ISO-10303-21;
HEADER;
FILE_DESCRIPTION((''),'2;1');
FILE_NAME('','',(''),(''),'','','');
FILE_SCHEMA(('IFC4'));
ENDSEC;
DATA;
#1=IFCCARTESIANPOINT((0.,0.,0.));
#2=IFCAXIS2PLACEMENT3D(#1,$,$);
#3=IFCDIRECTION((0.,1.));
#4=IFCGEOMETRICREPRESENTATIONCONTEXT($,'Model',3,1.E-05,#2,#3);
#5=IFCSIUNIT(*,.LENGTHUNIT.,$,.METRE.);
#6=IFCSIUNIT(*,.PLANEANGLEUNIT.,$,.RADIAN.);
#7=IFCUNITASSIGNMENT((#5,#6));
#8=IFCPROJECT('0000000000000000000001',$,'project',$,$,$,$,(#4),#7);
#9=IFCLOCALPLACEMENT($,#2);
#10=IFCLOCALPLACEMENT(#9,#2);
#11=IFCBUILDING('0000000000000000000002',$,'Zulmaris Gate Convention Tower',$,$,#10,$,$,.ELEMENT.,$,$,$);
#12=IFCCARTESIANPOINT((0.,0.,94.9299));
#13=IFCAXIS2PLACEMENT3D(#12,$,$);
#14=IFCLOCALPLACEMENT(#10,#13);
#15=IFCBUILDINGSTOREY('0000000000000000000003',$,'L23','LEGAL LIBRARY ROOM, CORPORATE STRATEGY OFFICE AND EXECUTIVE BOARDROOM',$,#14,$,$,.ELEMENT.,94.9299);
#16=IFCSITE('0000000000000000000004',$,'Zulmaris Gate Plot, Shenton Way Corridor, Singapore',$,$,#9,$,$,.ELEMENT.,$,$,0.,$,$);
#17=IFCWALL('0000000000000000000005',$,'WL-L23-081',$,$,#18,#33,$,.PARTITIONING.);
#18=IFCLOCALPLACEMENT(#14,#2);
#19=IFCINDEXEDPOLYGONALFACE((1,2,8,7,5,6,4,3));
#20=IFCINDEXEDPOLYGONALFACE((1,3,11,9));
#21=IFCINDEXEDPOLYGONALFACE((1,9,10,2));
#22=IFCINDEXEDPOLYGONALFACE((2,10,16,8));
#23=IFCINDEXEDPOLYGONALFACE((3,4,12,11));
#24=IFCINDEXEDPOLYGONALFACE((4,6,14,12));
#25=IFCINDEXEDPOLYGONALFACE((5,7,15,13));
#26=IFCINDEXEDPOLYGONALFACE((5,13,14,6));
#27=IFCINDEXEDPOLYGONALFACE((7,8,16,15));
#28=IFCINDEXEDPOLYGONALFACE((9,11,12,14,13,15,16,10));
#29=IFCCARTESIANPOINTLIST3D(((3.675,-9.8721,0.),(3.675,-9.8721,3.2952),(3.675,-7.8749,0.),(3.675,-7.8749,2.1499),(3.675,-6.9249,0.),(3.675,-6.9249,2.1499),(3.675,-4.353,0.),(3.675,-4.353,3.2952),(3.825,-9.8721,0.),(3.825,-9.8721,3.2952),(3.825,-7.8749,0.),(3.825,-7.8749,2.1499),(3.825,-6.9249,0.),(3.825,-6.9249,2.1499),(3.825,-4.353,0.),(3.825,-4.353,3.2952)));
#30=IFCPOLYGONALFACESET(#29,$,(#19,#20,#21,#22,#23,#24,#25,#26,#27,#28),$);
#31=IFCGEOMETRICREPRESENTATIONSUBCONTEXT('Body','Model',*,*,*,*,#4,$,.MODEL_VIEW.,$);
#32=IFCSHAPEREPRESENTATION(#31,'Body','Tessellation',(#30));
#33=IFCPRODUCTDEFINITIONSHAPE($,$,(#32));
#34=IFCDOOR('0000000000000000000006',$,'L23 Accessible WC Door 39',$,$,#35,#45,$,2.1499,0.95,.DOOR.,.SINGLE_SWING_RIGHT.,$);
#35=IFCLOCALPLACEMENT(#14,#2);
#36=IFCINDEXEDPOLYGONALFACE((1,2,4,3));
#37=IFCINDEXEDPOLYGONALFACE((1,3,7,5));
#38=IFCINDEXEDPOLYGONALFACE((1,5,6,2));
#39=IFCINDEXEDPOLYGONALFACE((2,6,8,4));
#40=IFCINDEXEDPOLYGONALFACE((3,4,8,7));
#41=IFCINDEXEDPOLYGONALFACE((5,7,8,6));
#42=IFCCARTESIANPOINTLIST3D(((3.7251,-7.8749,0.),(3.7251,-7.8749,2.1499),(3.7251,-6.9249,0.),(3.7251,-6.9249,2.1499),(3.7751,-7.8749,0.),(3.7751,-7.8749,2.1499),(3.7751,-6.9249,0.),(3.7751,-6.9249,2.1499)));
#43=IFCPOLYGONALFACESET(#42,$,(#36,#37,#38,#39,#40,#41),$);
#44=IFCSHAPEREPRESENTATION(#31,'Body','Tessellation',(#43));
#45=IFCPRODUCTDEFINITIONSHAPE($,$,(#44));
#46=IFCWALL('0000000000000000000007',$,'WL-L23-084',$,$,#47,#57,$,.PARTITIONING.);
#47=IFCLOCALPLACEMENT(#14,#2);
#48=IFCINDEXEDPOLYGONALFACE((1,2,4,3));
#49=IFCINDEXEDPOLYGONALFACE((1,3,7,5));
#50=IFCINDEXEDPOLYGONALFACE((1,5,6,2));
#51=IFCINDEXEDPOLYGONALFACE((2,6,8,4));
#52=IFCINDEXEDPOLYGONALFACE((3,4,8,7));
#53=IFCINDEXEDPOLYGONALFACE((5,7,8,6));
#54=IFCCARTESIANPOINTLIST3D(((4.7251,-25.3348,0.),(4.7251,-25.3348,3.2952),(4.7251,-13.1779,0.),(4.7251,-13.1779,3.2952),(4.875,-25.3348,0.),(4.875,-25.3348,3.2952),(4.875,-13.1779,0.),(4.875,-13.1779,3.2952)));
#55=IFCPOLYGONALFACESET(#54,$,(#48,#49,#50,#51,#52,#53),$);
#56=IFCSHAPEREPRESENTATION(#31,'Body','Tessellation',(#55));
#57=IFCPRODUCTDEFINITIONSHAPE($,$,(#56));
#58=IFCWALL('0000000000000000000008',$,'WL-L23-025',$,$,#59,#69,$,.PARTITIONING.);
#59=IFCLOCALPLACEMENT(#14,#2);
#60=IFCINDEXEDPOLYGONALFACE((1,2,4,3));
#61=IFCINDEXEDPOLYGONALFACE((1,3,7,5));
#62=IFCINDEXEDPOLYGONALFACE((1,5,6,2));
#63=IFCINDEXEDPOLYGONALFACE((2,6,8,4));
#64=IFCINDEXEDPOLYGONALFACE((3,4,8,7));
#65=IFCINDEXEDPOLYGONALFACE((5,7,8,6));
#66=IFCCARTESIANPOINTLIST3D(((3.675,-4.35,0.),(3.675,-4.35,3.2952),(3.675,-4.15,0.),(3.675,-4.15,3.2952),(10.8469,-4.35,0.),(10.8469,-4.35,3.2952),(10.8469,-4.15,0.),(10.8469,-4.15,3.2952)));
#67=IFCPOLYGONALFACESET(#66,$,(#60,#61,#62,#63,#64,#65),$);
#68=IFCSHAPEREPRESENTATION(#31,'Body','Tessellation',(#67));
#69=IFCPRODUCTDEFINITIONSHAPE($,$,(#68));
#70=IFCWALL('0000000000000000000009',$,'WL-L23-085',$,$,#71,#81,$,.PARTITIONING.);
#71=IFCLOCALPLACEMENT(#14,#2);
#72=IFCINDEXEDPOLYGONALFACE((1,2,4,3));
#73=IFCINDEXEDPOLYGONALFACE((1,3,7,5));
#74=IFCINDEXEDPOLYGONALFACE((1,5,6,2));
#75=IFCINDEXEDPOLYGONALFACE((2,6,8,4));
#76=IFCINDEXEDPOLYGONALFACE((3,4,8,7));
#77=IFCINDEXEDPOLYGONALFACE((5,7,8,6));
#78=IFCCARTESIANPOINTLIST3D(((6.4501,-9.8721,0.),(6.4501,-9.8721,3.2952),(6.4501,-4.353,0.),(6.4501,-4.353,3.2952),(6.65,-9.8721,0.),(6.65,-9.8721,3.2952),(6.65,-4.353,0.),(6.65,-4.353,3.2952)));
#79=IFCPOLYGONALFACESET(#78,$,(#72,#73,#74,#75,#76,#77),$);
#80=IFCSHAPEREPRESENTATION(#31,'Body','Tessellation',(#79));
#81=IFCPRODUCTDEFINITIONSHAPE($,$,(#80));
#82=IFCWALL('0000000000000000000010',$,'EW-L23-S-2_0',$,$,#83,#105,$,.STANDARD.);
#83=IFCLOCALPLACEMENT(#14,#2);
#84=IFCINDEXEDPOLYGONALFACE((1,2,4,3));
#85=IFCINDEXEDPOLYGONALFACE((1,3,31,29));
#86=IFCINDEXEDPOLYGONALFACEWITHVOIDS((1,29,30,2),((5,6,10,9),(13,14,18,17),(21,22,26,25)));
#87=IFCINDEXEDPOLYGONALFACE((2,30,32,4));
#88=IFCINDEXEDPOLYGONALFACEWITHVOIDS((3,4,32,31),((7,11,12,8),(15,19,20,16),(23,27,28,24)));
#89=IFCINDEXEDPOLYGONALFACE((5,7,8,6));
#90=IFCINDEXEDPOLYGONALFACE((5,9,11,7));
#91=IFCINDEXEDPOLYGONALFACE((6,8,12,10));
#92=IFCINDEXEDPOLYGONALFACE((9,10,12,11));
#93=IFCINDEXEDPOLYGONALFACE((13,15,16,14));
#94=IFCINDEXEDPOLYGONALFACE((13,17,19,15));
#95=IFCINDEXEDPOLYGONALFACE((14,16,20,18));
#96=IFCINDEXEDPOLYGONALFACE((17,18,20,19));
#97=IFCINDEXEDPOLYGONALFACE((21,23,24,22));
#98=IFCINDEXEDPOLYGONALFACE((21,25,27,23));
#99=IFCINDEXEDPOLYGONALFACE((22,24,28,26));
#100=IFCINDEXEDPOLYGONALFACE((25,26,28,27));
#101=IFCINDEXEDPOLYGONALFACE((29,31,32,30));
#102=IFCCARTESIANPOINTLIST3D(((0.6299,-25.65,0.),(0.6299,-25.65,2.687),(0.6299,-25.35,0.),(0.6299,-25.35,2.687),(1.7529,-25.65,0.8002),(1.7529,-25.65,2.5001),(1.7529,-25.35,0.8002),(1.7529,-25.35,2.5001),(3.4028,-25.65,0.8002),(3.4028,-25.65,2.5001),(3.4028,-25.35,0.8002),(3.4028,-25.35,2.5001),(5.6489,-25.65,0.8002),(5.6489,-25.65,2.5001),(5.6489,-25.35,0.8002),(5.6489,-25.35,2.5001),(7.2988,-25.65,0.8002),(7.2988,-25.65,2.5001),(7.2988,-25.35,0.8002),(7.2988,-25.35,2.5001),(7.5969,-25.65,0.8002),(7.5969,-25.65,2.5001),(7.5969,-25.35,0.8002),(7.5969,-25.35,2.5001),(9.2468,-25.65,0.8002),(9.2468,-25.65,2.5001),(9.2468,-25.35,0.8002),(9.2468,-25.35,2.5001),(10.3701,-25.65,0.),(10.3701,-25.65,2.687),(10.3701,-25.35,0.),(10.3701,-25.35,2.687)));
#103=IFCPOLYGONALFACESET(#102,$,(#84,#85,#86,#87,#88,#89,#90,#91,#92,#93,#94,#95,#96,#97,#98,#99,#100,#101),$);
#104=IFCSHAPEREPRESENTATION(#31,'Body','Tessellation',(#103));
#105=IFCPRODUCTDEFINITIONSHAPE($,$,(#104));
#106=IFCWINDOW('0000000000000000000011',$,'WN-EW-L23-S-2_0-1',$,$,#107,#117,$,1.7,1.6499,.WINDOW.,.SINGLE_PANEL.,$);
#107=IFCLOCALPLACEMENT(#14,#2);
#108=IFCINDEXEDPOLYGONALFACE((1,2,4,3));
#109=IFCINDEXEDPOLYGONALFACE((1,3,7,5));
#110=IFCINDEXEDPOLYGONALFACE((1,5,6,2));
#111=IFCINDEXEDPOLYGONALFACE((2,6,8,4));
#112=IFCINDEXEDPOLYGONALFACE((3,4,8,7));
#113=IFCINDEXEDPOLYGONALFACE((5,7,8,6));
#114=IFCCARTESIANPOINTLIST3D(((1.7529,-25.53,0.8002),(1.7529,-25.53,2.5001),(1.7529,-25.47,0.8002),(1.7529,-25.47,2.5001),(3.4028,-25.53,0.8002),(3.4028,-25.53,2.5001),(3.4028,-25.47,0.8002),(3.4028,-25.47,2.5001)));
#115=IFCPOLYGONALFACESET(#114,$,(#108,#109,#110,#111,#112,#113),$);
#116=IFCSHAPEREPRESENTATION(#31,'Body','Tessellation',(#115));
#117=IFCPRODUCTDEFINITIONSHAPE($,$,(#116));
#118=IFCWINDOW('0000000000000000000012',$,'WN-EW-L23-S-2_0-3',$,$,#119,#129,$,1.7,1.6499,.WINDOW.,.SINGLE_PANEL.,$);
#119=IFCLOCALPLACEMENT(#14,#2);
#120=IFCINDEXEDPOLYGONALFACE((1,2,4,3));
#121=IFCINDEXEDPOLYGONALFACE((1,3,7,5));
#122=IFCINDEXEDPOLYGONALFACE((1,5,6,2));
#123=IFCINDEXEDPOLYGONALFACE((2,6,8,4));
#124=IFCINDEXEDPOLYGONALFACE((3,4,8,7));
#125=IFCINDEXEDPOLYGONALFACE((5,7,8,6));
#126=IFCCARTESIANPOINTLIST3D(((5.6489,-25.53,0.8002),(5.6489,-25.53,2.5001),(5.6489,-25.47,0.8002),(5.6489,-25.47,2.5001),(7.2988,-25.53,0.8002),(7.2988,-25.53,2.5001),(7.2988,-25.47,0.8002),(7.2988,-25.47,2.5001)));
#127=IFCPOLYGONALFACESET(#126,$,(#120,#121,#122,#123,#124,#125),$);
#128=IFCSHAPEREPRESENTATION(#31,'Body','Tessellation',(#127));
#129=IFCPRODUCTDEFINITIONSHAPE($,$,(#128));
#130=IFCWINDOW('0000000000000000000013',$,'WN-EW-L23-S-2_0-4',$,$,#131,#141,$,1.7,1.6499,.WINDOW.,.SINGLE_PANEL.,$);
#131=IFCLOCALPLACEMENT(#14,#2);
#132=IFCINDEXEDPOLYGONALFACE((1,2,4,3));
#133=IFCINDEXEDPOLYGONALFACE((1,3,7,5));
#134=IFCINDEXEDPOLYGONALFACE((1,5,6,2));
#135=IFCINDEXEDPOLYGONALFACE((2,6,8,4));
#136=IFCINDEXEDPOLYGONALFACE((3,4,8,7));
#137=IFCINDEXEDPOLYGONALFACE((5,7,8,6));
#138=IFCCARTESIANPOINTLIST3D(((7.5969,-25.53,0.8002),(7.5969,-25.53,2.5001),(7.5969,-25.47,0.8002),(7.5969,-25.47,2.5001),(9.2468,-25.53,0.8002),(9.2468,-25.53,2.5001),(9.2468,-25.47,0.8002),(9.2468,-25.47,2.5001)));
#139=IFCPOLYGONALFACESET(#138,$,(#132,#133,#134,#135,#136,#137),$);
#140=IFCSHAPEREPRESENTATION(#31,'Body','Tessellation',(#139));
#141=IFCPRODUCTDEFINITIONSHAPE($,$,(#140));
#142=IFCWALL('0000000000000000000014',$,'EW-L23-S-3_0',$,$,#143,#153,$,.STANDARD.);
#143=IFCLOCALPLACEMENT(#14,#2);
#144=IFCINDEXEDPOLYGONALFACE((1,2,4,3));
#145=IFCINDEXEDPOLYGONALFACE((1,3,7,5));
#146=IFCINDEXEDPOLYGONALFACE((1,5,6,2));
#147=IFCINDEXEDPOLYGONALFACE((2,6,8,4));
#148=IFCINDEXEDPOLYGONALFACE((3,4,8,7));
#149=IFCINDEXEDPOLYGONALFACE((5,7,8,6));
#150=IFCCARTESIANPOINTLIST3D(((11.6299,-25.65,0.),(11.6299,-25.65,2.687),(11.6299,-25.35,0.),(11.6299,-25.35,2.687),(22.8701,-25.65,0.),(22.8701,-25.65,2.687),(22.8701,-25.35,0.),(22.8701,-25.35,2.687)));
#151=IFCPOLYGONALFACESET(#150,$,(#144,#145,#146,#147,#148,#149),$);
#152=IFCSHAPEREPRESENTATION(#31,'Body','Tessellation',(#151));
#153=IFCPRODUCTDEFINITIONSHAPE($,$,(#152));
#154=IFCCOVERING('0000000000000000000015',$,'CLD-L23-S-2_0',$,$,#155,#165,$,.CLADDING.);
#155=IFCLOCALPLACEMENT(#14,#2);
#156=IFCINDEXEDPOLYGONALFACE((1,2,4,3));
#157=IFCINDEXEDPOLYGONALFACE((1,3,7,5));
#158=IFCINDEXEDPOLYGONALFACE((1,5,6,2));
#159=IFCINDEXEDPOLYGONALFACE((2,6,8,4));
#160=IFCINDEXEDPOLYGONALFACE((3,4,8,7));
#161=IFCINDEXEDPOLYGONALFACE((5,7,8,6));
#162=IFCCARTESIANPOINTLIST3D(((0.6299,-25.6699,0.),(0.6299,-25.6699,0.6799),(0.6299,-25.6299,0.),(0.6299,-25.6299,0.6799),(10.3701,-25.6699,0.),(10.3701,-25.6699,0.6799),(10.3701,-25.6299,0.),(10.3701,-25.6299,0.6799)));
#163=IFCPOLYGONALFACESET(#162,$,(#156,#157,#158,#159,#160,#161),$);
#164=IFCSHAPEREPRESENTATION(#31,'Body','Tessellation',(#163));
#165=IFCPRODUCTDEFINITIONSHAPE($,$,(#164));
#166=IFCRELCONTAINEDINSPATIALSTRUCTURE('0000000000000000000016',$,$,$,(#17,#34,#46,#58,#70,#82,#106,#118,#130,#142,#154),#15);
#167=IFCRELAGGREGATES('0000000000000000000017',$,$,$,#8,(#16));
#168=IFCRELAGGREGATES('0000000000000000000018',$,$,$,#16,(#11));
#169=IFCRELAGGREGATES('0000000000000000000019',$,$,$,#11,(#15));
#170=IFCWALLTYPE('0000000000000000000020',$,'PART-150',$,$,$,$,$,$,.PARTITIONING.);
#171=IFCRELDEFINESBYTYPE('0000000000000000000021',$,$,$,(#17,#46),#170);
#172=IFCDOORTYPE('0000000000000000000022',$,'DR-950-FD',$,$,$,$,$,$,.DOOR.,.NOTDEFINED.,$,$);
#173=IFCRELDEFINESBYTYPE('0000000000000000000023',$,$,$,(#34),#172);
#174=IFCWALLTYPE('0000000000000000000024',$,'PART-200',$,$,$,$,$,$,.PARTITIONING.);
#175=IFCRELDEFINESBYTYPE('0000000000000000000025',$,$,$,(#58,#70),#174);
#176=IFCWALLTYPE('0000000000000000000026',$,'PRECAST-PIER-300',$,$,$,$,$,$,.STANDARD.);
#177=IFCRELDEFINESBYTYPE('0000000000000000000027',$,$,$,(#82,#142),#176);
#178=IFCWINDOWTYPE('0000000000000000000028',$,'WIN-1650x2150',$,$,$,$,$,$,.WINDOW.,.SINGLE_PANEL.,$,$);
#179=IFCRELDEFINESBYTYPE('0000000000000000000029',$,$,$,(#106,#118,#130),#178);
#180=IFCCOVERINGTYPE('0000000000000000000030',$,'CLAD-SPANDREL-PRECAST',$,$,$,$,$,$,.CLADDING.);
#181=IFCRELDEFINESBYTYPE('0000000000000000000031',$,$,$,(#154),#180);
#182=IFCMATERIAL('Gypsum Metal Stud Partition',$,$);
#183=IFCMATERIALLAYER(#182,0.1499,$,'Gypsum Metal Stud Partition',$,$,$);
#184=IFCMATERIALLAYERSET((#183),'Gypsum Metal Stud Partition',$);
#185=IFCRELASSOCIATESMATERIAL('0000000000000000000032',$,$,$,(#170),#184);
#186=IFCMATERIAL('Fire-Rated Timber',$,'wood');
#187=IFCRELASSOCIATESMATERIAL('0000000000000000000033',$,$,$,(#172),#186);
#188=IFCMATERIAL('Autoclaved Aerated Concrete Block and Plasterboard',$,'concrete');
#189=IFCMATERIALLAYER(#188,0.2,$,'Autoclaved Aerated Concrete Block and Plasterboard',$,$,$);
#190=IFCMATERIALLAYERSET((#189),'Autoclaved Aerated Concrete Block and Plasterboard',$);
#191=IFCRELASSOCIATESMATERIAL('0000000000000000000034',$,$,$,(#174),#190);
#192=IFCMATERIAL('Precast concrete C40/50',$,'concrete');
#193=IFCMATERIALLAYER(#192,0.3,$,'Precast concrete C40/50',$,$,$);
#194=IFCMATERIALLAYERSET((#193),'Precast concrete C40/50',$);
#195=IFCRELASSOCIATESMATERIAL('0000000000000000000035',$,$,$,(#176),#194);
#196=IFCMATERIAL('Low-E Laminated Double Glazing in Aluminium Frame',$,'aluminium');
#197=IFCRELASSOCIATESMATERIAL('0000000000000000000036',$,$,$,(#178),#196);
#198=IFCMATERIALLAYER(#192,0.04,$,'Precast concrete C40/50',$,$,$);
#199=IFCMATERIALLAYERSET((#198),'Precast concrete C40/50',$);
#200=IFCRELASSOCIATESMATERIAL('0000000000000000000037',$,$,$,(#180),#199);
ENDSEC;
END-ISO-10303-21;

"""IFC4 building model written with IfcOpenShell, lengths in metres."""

from ifc_helpers import new_model, si_unit, direction, frame, frame_2d, origin, place, context, subcontext, project, spatial, rectangle, extrude, material, layer, layer_set, type_object, element, fill, save


model = new_model("IFC4")

# Units and contexts
model_context = context("Model", 3, precision=1e-05, world=origin(), true_north=direction((0.0, 1.0)))
body_context = subcontext(model_context, "Body", "Model", "MODEL_VIEW")
ifc_project = project(units=[si_unit("LENGTHUNIT", "METRE"), si_unit("PLANEANGLEUNIT", "RADIAN")], contexts=[model_context])

# Site, building, storey
site_placement = place(None, origin())
site = spatial("IfcSite", under=ifc_project, at=site_placement, Name="Zulmaris Gate Plot, Shenton Way Corridor, Singapore", CompositionType="ELEMENT", RefElevation=0.0)
building_placement = place(site_placement, origin())
building = spatial("IfcBuilding", under=site, at=building_placement, Name="Zulmaris Gate Convention Tower", CompositionType="ELEMENT")
storey_placement = place(building_placement, frame((0.0, 0.0, 94.9299)))
storey = spatial("IfcBuildingStorey", under=building, at=storey_placement, Name="L23", Description="LEGAL LIBRARY ROOM, CORPORATE STRATEGY OFFICE AND EXECUTIVE BOARDROOM", CompositionType="ELEMENT", Elevation=94.9299)

# Shared definitions
ifc_material_1 = material(Name="Gypsum Metal Stud Partition")
ifc_layer_1 = layer(ifc_material_1, 0.1499, Name="Gypsum Metal Stud Partition")
ifc_layer_set_1 = layer_set([ifc_layer_1], Name="Gypsum Metal Stud Partition")
wall_type_1 = type_object("IfcWallType", Name="PART-150", PredefinedType="PARTITIONING", material=ifc_layer_set_1)

# Wall, opening, door
wall_1_placement = place(storey_placement, frame((3.75, -9.8721, 0.0), z_axis=(0.0, 0.0, 1.0), x_axis=(0.0, 1.0, 0.0)))
wall_1 = element("IfcWall", 1, at=wall_1_placement, inside=storey, type_object=wall_type_1, Name="WL-L23-081", PredefinedType="PARTITIONING", context=body_context, shape_type="SweptSolid", body=[
    extrude(rectangle(XDim=5.519, YDim=0.1499, at=frame_2d((2.7595, 0.0))), origin(), (0.0, 0.0, 1.0), 3.2952),
])
opening_1_placement = place(wall_1_placement, frame((1.9971, 0.0, 0.0)))
opening_1 = element("IfcOpeningElement", 2, at=opening_1_placement, cuts=wall_1, PredefinedType="OPENING", context=body_context, shape_type="SweptSolid", body=[
    extrude(rectangle(XDim=0.95, YDim=2.1499, at=frame_2d((0.4751, 1.075))), frame((0.0, 0.085, 0.0), z_axis=(0.0, -1.0, 0.0), x_axis=(1.0, 0.0, 0.0)), (0.0, 0.0, 1.0), 0.1699),
])
ifc_material_2 = material(Name="Fire-Rated Timber", Category="wood")
door_type = type_object("IfcDoorType", Name="DR-950-FD", OperationType="NOTDEFINED", PredefinedType="DOOR", material=ifc_material_2)
door_placement = place(opening_1_placement, origin())
door = element("IfcDoor", 3, at=door_placement, inside=storey, type_object=door_type, Name="L23 Accessible WC Door 39", OperationType="SINGLE_SWING_RIGHT", OverallHeight=2.1499, OverallWidth=0.95, PredefinedType="DOOR", context=body_context, shape_type="SweptSolid", body=[
    extrude(rectangle(XDim=0.95, YDim=2.1499, at=frame_2d((0.4751, 1.075))), frame((0.0, 0.0249, 0.0), z_axis=(0.0, -1.0, 0.0), x_axis=(1.0, 0.0, 0.0)), (0.0, 0.0, 1.0), 0.05),
])
fill(opening_1, door)

# Walls
wall_2_placement = place(storey_placement, frame((4.8, -25.335, 0.0), z_axis=(0.0, 0.0, 1.0), x_axis=(0.0, 1.0, 0.0)))
element("IfcWall", 4, at=wall_2_placement, inside=storey, type_object=wall_type_1, Name="WL-L23-084", PredefinedType="PARTITIONING", context=body_context, shape_type="SweptSolid", body=[
    extrude(rectangle(XDim=12.157, YDim=0.1499, at=frame_2d((6.0786, 0.0))), origin(), (0.0, 0.0, 1.0), 3.2952),
])
ifc_material_3 = material(Name="Autoclaved Aerated Concrete Block and Plasterboard", Category="concrete")
ifc_layer_2 = layer(ifc_material_3, 0.2, Name="Autoclaved Aerated Concrete Block and Plasterboard")
ifc_layer_set_2 = layer_set([ifc_layer_2], Name="Autoclaved Aerated Concrete Block and Plasterboard")
wall_type_2 = type_object("IfcWallType", Name="PART-200", PredefinedType="PARTITIONING", material=ifc_layer_set_2)
wall_3_placement = place(storey_placement, frame((3.675, -4.25, 0.0), z_axis=(0.0, 0.0, 1.0), x_axis=(1.0, 0.0, 0.0)))
element("IfcWall", 5, at=wall_3_placement, inside=storey, type_object=wall_type_2, Name="WL-L23-025", PredefinedType="PARTITIONING", context=body_context, shape_type="SweptSolid", body=[
    extrude(rectangle(XDim=7.1719, YDim=0.2, at=frame_2d((3.5859, 0.0))), origin(), (0.0, 0.0, 1.0), 3.2952),
])
wall_4_placement = place(storey_placement, frame((6.55, -9.8721, 0.0), z_axis=(0.0, 0.0, 1.0), x_axis=(0.0, 1.0, 0.0)))
element("IfcWall", 6, at=wall_4_placement, inside=storey, type_object=wall_type_2, Name="WL-L23-085", PredefinedType="PARTITIONING", context=body_context, shape_type="SweptSolid", body=[
    extrude(rectangle(XDim=5.519, YDim=0.2, at=frame_2d((2.7595, 0.0))), origin(), (0.0, 0.0, 1.0), 3.2952),
])

# Wall, openings, windows
ifc_material_4 = material(Name="Precast concrete C40/50", Category="concrete")
ifc_layer_3 = layer(ifc_material_4, 0.3, Name="Precast concrete C40/50")
ifc_layer_set_3 = layer_set([ifc_layer_3], Name="Precast concrete C40/50")
wall_type_3 = type_object("IfcWallType", Name="PRECAST-PIER-300", PredefinedType="STANDARD", material=ifc_layer_set_3)
wall_5_placement = place(storey_placement, frame((0.6299, -25.5, 0.0), z_axis=(0.0, 0.0, 1.0), x_axis=(1.0, 0.0, 0.0)))
wall_5 = element("IfcWall", 7, at=wall_5_placement, inside=storey, type_object=wall_type_3, Name="EW-L23-S-2_0", PredefinedType="STANDARD", context=body_context, shape_type="SweptSolid", body=[
    extrude(rectangle(XDim=9.7402, YDim=0.3, at=frame_2d((4.8701, 0.0))), origin(), (0.0, 0.0, 1.0), 2.687),
])
opening_2_placement = place(wall_5_placement, frame((1.123, 0.0, 0.8)))
opening_2 = element("IfcOpeningElement", 8, at=opening_2_placement, cuts=wall_5, PredefinedType="OPENING", context=body_context, shape_type="SweptSolid", body=[
    extrude(rectangle(XDim=1.6499, YDim=1.7, at=frame_2d((0.825, 0.8501))), frame((0.0, 0.1602, 0.0), z_axis=(0.0, -1.0, 0.0), x_axis=(1.0, 0.0, 0.0)), (0.0, 0.0, 1.0), 0.3201),
])
opening_3_placement = place(wall_5_placement, frame((5.019, 0.0, 0.8)))
opening_3 = element("IfcOpeningElement", 9, at=opening_3_placement, cuts=wall_5, PredefinedType="OPENING", context=body_context, shape_type="SweptSolid", body=[
    extrude(rectangle(XDim=1.6499, YDim=1.7, at=frame_2d((0.825, 0.8501))), frame((0.0, 0.1602, 0.0), z_axis=(0.0, -1.0, 0.0), x_axis=(1.0, 0.0, 0.0)), (0.0, 0.0, 1.0), 0.3201),
])
opening_4_placement = place(wall_5_placement, frame((6.967, 0.0, 0.8)))
opening_4 = element("IfcOpeningElement", 10, at=opening_4_placement, cuts=wall_5, PredefinedType="OPENING", context=body_context, shape_type="SweptSolid", body=[
    extrude(rectangle(XDim=1.6499, YDim=1.7, at=frame_2d((0.825, 0.8501))), frame((0.0, 0.1602, 0.0), z_axis=(0.0, -1.0, 0.0), x_axis=(1.0, 0.0, 0.0)), (0.0, 0.0, 1.0), 0.3201),
])
ifc_material_5 = material(Name="Low-E Laminated Double Glazing in Aluminium Frame", Category="aluminium")
window_type = type_object("IfcWindowType", Name="WIN-1650x2150", PartitioningType="SINGLE_PANEL", PredefinedType="WINDOW", material=ifc_material_5)
window_1_placement = place(opening_2_placement, origin())
window_1 = element("IfcWindow", 11, at=window_1_placement, inside=storey, type_object=window_type, Name="WN-EW-L23-S-2_0-1", OverallHeight=1.7, OverallWidth=1.6499, PartitioningType="SINGLE_PANEL", PredefinedType="WINDOW", context=body_context, shape_type="SweptSolid", body=[
    extrude(rectangle(XDim=1.6499, YDim=1.7, at=frame_2d((0.825, 0.8501))), frame((0.0, 0.03, 0.0), z_axis=(0.0, -1.0, 0.0), x_axis=(1.0, 0.0, 0.0)), (0.0, 0.0, 1.0), 0.0601),
])
fill(opening_2, window_1)
window_2_placement = place(opening_3_placement, origin())
window_2 = element("IfcWindow", 12, at=window_2_placement, inside=storey, type_object=window_type, Name="WN-EW-L23-S-2_0-3", OverallHeight=1.7, OverallWidth=1.6499, PartitioningType="SINGLE_PANEL", PredefinedType="WINDOW", context=body_context, shape_type="SweptSolid", body=[
    extrude(rectangle(XDim=1.6499, YDim=1.7, at=frame_2d((0.825, 0.8501))), frame((0.0, 0.03, 0.0), z_axis=(0.0, -1.0, 0.0), x_axis=(1.0, 0.0, 0.0)), (0.0, 0.0, 1.0), 0.0601),
])
fill(opening_3, window_2)
window_3_placement = place(opening_4_placement, origin())
window_3 = element("IfcWindow", 13, at=window_3_placement, inside=storey, type_object=window_type, Name="WN-EW-L23-S-2_0-4", OverallHeight=1.7, OverallWidth=1.6499, PartitioningType="SINGLE_PANEL", PredefinedType="WINDOW", context=body_context, shape_type="SweptSolid", body=[
    extrude(rectangle(XDim=1.6499, YDim=1.7, at=frame_2d((0.825, 0.8501))), frame((0.0, 0.03, 0.0), z_axis=(0.0, -1.0, 0.0), x_axis=(1.0, 0.0, 0.0)), (0.0, 0.0, 1.0), 0.0601),
])
fill(opening_4, window_3)

# Wall
wall_6_placement = place(storey_placement, frame((11.6299, -25.5, 0.0), z_axis=(0.0, 0.0, 1.0), x_axis=(1.0, 0.0, 0.0)))
element("IfcWall", 14, at=wall_6_placement, inside=storey, type_object=wall_type_3, Name="EW-L23-S-3_0", PredefinedType="STANDARD", context=body_context, shape_type="SweptSolid", body=[
    extrude(rectangle(XDim=11.2402, YDim=0.3, at=frame_2d((5.6201, 0.0))), origin(), (0.0, 0.0, 1.0), 2.687),
])

# Covering
ifc_layer_4 = layer(ifc_material_4, 0.04, Name="Precast concrete C40/50")
ifc_layer_set_4 = layer_set([ifc_layer_4], Name="Precast concrete C40/50")
covering_type = type_object("IfcCoveringType", Name="CLAD-SPANDREL-PRECAST", PredefinedType="CLADDING", material=ifc_layer_set_4)
covering_1_placement = place(storey_placement, frame((0.6299, -25.6499, 0.0), z_axis=(0.0, 0.0, 1.0), x_axis=(1.0, 0.0, 0.0)))
element("IfcCovering", 15, at=covering_1_placement, inside=storey, type_object=covering_type, Name="CLD-L23-S-2_0", PredefinedType="CLADDING", context=body_context, shape_type="SweptSolid", body=[
    extrude(rectangle(XDim=9.7402, YDim=0.04, at=frame_2d((4.8701, 0.0))), origin(), (0.0, 0.0, 1.0), 0.6799),
])

save(model, "model.ifc")
